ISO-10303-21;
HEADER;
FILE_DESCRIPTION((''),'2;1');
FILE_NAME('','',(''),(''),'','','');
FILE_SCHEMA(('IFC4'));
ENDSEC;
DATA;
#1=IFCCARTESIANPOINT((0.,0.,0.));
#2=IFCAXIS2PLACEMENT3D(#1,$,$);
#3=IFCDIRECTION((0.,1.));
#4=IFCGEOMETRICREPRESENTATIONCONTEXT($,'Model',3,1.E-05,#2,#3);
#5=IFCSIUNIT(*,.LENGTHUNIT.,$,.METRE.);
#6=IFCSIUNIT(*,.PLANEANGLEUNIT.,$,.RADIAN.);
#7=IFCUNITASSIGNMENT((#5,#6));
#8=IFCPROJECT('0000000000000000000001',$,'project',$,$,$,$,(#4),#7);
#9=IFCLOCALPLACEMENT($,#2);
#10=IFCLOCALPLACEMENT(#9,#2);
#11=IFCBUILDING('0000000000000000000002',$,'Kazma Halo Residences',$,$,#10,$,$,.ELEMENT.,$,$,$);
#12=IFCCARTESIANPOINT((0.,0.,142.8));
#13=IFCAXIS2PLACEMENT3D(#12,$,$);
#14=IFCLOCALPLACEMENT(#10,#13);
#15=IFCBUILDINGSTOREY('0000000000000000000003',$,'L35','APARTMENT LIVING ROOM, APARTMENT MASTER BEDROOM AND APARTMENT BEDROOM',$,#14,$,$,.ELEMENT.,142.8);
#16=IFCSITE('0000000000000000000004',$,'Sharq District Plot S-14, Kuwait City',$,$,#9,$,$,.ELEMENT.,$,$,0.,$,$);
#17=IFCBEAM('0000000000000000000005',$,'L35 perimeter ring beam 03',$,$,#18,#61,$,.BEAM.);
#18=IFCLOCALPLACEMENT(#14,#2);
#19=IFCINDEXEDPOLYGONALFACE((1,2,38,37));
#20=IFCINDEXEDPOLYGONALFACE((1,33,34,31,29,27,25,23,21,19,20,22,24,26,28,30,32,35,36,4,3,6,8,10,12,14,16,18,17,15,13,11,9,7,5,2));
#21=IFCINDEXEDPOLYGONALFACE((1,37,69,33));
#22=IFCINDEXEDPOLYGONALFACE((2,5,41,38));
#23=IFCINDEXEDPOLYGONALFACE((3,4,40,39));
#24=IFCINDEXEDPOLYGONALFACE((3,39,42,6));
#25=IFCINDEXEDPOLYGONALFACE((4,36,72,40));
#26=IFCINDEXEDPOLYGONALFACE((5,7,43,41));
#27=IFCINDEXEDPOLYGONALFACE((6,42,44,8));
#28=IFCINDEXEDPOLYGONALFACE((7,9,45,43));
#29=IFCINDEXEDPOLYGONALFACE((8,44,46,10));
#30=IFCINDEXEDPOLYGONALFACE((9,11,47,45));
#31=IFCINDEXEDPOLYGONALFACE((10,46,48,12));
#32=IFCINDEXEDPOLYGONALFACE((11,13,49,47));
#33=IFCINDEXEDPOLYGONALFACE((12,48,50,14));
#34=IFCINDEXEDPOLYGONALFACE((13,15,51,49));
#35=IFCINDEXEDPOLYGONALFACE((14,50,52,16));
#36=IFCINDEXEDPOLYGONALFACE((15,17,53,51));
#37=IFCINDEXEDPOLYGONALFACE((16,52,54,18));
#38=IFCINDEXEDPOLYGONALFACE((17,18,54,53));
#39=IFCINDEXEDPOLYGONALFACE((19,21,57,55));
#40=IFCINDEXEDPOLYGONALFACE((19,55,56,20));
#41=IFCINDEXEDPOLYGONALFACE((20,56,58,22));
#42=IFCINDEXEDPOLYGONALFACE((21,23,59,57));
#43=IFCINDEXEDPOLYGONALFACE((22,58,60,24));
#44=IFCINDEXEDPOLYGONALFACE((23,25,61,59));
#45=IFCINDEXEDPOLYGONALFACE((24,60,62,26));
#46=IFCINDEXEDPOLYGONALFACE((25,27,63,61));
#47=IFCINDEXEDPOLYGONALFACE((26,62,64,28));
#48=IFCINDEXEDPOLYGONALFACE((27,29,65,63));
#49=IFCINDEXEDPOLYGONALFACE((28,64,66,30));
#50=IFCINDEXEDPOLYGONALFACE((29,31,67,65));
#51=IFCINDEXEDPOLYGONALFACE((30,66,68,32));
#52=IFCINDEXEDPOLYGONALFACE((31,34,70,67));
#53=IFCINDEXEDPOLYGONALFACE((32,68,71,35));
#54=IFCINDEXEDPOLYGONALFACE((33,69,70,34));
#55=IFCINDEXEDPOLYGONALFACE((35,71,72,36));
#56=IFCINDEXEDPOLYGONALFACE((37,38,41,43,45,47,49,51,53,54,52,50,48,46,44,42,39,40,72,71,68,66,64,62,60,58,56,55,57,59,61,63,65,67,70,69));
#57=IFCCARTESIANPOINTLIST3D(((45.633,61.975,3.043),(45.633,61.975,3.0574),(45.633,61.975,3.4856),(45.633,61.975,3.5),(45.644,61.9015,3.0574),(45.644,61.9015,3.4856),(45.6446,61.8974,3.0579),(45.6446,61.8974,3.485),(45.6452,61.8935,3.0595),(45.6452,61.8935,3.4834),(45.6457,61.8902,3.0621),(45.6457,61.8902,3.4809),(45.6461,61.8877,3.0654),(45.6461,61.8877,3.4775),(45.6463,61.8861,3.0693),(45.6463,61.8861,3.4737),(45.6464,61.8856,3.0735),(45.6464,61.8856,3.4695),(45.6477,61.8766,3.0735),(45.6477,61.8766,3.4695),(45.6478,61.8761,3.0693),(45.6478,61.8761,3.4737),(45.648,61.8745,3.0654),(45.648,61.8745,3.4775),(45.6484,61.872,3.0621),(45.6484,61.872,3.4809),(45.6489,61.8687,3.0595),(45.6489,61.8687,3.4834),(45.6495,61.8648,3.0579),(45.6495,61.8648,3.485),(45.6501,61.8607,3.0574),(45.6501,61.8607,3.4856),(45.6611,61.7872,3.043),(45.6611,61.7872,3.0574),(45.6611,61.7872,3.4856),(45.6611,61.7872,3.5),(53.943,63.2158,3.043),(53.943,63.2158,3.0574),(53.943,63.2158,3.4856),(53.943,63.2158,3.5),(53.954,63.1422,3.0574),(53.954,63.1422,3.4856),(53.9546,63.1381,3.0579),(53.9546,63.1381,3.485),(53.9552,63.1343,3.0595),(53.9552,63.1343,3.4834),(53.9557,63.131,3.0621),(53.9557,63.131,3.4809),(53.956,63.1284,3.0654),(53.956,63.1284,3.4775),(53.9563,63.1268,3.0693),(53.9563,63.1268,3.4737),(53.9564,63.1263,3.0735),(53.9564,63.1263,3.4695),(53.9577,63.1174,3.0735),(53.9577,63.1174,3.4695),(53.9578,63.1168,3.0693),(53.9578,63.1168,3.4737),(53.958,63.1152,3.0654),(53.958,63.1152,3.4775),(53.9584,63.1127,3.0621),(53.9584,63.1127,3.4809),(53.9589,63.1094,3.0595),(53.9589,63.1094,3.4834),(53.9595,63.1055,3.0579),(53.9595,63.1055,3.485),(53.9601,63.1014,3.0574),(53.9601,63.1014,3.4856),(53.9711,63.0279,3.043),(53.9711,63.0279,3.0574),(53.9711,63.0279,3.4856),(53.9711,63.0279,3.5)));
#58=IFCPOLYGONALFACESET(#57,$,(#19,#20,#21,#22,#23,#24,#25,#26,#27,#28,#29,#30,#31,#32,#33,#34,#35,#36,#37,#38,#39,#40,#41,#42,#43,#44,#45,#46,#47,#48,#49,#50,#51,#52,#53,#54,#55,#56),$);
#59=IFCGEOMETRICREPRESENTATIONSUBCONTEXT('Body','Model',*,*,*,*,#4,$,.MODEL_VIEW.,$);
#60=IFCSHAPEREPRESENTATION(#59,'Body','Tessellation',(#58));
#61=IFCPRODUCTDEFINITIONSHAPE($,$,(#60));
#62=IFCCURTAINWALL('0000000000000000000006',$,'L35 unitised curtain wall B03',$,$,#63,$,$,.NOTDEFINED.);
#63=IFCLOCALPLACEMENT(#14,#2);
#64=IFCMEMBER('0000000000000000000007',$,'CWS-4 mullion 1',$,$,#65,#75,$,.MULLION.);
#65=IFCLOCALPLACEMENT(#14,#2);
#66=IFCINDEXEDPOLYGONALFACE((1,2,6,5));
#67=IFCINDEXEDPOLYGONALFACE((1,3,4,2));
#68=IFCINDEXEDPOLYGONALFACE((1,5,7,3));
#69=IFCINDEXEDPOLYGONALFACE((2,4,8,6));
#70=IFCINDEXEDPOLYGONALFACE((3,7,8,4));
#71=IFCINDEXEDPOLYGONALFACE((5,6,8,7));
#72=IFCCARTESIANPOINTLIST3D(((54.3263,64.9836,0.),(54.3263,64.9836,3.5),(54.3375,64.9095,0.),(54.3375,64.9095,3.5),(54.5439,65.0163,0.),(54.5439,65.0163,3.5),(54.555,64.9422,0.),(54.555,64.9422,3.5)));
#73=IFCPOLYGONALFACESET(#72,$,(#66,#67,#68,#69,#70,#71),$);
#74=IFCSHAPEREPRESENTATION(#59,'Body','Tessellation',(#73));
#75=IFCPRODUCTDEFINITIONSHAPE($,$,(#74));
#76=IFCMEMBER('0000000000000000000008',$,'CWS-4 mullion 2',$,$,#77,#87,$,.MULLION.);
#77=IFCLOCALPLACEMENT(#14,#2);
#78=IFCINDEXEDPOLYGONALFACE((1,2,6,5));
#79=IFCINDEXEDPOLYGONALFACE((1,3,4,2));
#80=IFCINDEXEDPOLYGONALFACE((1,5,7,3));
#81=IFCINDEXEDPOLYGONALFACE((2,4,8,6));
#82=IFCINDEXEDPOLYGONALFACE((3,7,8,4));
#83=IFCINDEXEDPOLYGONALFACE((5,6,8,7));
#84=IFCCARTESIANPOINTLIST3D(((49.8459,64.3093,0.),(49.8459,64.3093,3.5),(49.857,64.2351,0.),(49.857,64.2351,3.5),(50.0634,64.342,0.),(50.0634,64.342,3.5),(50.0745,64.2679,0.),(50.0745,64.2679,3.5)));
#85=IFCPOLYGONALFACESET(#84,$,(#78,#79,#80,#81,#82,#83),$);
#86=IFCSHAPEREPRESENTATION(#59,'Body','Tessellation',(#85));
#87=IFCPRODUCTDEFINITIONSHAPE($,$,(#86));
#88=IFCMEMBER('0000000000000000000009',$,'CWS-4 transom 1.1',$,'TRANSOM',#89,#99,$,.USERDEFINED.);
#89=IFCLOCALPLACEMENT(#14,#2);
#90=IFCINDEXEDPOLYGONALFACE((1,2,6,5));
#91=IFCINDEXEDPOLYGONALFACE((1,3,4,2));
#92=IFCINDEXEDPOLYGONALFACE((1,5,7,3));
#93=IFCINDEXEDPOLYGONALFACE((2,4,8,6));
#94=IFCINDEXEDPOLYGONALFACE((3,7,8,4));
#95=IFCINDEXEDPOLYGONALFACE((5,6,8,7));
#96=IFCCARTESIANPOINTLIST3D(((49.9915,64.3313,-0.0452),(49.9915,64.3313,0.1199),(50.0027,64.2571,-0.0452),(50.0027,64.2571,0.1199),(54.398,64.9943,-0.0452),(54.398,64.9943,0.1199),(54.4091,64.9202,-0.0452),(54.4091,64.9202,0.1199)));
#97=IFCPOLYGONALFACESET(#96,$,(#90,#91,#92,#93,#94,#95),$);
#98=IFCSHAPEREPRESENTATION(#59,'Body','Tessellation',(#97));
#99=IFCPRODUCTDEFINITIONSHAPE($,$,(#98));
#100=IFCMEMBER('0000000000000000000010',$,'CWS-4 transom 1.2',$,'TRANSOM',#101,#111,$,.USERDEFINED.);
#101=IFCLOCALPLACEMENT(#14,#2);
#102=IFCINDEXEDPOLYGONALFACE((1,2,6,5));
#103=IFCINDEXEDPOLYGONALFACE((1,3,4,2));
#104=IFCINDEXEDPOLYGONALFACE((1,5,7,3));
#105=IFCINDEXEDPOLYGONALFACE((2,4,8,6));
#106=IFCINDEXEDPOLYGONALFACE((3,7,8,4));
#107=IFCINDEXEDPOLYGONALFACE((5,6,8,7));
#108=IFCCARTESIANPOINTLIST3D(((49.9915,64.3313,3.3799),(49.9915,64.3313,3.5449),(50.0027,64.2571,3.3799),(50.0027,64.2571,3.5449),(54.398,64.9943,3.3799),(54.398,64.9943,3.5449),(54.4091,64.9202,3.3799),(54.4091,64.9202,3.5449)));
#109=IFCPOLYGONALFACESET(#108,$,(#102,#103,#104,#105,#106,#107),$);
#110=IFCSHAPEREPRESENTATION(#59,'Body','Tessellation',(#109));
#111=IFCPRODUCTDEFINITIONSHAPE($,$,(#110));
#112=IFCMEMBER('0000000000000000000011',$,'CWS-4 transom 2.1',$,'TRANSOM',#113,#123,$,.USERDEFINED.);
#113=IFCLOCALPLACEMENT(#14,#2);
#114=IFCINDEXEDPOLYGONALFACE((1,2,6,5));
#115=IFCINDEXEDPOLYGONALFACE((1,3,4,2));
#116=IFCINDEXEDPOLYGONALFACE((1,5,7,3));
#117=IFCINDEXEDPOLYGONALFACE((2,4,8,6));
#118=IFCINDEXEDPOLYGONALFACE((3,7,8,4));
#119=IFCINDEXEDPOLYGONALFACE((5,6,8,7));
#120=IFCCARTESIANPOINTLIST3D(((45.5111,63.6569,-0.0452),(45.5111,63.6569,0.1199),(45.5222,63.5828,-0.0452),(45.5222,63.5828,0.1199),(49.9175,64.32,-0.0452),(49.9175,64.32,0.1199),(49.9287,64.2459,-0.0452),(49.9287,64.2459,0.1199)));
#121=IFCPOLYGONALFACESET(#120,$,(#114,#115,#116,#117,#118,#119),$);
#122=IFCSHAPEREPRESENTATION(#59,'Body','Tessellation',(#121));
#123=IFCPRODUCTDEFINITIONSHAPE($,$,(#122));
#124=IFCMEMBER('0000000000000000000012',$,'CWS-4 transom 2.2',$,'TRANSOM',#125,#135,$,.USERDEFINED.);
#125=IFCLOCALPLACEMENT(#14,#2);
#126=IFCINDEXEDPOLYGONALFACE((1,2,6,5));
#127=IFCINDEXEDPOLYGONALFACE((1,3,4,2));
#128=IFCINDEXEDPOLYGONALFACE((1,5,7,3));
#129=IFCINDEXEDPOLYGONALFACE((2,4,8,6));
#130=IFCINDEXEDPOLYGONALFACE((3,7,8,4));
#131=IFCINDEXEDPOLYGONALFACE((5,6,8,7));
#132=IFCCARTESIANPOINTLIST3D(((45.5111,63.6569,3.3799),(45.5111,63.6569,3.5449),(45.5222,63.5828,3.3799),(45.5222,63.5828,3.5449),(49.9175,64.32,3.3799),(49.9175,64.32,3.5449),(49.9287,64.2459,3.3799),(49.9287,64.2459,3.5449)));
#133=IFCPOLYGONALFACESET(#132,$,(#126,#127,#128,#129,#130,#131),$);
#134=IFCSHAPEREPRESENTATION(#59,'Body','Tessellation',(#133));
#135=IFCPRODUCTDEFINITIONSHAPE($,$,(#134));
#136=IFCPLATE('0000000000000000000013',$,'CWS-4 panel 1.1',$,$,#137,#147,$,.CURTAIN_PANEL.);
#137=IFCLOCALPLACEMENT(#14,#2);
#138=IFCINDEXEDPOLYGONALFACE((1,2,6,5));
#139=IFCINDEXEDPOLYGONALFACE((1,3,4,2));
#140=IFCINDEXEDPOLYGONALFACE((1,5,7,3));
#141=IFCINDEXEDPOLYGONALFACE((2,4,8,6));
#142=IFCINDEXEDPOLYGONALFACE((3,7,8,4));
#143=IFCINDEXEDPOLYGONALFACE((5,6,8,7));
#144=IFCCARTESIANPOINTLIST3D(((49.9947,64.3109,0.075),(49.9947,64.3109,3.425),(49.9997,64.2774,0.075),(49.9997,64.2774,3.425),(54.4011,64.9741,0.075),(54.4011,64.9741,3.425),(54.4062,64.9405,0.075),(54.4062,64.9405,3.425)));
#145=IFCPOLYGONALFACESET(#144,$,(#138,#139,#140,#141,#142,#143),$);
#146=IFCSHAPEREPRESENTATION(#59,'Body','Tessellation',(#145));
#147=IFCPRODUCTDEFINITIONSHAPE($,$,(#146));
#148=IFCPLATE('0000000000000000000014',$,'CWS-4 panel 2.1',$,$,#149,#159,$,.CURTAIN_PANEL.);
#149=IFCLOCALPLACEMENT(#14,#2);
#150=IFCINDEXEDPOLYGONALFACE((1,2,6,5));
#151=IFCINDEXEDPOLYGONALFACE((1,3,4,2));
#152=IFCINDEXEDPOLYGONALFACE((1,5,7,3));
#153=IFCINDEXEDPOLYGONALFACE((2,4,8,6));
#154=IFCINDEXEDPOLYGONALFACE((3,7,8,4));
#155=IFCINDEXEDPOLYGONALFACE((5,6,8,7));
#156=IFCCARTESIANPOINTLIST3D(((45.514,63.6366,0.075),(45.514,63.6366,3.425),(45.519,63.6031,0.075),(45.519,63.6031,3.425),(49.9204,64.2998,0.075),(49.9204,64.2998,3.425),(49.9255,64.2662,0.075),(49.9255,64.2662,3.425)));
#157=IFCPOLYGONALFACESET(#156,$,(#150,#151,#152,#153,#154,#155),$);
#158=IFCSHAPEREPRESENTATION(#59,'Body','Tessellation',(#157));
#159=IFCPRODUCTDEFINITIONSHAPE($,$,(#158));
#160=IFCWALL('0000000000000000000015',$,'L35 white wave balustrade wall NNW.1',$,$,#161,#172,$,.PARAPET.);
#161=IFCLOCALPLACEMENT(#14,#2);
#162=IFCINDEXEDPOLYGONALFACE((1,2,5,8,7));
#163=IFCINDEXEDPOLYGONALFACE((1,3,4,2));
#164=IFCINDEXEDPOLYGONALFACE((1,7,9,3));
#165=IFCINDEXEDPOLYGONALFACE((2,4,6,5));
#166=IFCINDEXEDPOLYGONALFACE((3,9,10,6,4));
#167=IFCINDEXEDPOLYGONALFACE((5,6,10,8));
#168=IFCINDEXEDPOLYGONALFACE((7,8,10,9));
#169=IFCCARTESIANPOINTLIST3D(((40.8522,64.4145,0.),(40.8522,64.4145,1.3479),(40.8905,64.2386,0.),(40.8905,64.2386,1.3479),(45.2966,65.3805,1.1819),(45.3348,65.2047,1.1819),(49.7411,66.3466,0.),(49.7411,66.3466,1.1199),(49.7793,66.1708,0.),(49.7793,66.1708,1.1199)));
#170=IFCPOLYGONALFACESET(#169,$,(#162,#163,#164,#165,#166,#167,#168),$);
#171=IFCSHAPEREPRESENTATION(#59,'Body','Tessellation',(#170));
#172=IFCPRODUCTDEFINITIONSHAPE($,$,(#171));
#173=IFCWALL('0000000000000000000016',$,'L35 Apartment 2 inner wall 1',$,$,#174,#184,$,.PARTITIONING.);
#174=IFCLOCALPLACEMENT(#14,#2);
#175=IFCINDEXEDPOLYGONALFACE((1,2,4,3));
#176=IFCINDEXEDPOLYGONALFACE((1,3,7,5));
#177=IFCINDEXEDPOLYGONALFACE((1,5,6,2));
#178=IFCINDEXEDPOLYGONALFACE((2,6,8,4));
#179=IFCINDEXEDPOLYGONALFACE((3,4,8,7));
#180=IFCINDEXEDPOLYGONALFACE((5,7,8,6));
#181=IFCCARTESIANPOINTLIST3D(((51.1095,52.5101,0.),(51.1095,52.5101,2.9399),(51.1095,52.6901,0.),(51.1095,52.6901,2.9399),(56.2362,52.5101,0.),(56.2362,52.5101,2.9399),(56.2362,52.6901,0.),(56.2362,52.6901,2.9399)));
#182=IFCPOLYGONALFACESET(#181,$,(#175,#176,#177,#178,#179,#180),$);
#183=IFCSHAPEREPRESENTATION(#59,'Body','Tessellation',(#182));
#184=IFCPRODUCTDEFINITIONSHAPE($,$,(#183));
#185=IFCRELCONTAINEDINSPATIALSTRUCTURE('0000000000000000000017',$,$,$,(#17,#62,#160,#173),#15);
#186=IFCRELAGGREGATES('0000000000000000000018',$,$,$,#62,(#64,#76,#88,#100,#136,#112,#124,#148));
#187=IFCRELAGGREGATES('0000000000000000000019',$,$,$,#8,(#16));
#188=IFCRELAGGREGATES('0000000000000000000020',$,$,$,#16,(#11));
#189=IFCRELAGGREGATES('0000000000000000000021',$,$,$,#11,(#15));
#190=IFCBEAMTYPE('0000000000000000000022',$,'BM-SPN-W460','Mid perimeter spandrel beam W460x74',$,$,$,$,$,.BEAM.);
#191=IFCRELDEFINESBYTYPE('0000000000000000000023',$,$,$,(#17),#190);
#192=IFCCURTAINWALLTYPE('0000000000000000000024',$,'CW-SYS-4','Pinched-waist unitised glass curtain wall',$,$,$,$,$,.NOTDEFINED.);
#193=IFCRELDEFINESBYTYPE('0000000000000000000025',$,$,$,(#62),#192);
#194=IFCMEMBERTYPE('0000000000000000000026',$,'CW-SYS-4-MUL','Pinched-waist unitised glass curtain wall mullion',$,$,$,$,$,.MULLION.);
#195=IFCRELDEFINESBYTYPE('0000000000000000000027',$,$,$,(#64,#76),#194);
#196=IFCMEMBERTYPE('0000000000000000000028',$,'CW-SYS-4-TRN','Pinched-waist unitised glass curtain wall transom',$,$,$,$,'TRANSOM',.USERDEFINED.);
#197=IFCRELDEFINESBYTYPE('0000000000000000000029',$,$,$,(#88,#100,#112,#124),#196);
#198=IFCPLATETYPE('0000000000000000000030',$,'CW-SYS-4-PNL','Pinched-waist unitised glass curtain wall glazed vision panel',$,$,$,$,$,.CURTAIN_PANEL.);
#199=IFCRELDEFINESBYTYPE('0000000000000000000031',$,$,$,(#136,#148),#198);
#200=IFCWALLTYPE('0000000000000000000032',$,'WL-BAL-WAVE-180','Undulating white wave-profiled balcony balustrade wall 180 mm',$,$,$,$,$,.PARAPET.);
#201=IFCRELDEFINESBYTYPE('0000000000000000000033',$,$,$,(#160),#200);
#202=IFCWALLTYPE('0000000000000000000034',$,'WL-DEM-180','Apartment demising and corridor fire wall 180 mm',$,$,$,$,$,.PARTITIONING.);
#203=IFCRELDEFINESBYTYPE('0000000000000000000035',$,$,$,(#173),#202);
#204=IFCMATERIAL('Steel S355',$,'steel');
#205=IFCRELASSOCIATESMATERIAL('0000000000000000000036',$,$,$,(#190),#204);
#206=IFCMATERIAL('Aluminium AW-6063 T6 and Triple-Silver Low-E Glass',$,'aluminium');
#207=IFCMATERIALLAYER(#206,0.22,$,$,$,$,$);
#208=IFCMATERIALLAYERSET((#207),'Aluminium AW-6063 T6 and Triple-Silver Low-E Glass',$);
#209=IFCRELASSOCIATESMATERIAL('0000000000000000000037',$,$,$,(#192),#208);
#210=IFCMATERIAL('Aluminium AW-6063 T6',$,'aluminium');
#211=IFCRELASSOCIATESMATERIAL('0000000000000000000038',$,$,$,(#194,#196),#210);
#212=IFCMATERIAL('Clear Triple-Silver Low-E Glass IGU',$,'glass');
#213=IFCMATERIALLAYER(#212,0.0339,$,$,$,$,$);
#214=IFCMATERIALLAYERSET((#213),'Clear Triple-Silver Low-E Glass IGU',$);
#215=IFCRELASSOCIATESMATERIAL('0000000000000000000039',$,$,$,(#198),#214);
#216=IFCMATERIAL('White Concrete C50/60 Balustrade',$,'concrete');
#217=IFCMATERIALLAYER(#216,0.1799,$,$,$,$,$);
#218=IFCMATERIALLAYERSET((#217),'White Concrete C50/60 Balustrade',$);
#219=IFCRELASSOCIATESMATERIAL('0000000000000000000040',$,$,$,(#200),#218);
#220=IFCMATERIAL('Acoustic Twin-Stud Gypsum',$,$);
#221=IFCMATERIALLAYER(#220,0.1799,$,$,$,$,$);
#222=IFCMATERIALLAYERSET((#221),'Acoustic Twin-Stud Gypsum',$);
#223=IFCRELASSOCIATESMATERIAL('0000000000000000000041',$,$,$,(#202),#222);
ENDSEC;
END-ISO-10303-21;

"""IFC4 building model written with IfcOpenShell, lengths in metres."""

from ifc_helpers import new_model, si_unit, direction, frame, frame_2d, origin, origin_2d, place, context, subcontext, project, spatial, polyline, rectangle, i_section, outline, extrude, material, layer, layer_set, material_profile, profile_set, type_object, element, aggregate, save


model = new_model("IFC4")

# Units and contexts
model_context = context("Model", 3, precision=1e-05, world=origin(), true_north=direction((0.0, 1.0)))
body_context = subcontext(model_context, "Body", "Model", "MODEL_VIEW")
ifc_project = project(units=[si_unit("LENGTHUNIT", "METRE"), si_unit("PLANEANGLEUNIT", "RADIAN")], contexts=[model_context])

# Site, building, storey
site_placement = place(None, origin())
site = spatial("IfcSite", under=ifc_project, at=site_placement, Name="Sharq District Plot S-14, Kuwait City", CompositionType="ELEMENT", RefElevation=0.0)
building_placement = place(site_placement, origin())
building = spatial("IfcBuilding", under=site, at=building_placement, Name="Kazma Halo Residences", CompositionType="ELEMENT")
storey_placement = place(building_placement, frame((0.0, 0.0, 142.8)))
storey = spatial("IfcBuildingStorey", under=building, at=storey_placement, Name="L35", Description="APARTMENT LIVING ROOM, APARTMENT MASTER BEDROOM AND APARTMENT BEDROOM", CompositionType="ELEMENT", Elevation=142.8)

# Beam
ifc_material_1 = material(Name="Steel S355", Category="steel")
ifc_material_profile_1 = material_profile(ifc_material_1, i_section(OverallWidth=0.1899, OverallDepth=0.457, WebThickness=0.009, FlangeThickness=0.0144, FilletRadius=0.0161, at=origin_2d()), Name="W460x74")
ifc_profile_set_1 = profile_set([ifc_material_profile_1], Name="Steel S355")
beam_type_1 = type_object("IfcBeamType", Name="BM-SPN-W460", Description="Mid perimeter spandrel beam W460x74", PredefinedType="BEAM", material=ifc_profile_set_1)
beam_1_placement = place(storey_placement, frame((53.957, 63.1218, 3.2715), z_axis=(-0.989037, -0.147667, 0.0), x_axis=(0.147667, -0.989037, 0.0)))
element("IfcBeam", 1, at=beam_1_placement, inside=storey, type_object=beam_type_1, Name="L35 perimeter ring beam 03", PredefinedType="BEAM", context=body_context, shape_type="SweptSolid", body=[
    extrude(i_section(OverallWidth=0.1899, OverallDepth=0.457, WebThickness=0.009, FlangeThickness=0.0144, FilletRadius=0.0161, at=origin_2d()), origin(), (0.0, 0.0, 1.0), 8.4021),
])

# Curtain wall, members, plates
ifc_material_2 = material(Name="Aluminium AW-6063 T6 and Triple-Silver Low-E Glass", Category="aluminium")
ifc_layer_1 = layer(ifc_material_2, 0.22)
ifc_layer_set_1 = layer_set([ifc_layer_1], Name="Aluminium AW-6063 T6 and Triple-Silver Low-E Glass")
curtain_wall_type = type_object("IfcCurtainWallType", Name="CW-SYS-4", Description="Pinched-waist unitised glass curtain wall", PredefinedType="NOTDEFINED", material=ifc_layer_set_1)
curtain_wall_placement = place(storey_placement, origin())
curtain_wall = element("IfcCurtainWall", 2, at=curtain_wall_placement, inside=storey, type_object=curtain_wall_type, Name="L35 unitised curtain wall B03", PredefinedType="NOTDEFINED")
ifc_material_3 = material(Name="Aluminium AW-6063 T6", Category="aluminium")
ifc_material_profile_2 = material_profile(ifc_material_3, rectangle(XDim=0.075, YDim=0.22, at=origin_2d()), Name="CWM-75x220")
ifc_profile_set_2 = profile_set([ifc_material_profile_2], Name="Aluminium AW-6063 T6")
member_type_1 = type_object("IfcMemberType", Name="CW-SYS-4-MUL", Description="Pinched-waist unitised glass curtain wall mullion", PredefinedType="MULLION", material=ifc_profile_set_2)
member_1_placement = place(storey_placement, frame((54.4407, 64.9629, 0.0), z_axis=(0.0, 0.0, 1.0), x_axis=(0.148821, -0.988864, 0.0)))
member_1 = element("IfcMember", 3, at=member_1_placement, type_object=member_type_1, Name="CWS-4 mullion 1", PredefinedType="MULLION", context=body_context, shape_type="SweptSolid", body=[
    extrude(rectangle(XDim=0.075, YDim=0.22, at=origin_2d()), origin(), (0.0, 0.0, 1.0), 3.5),
])
member_2_placement = place(storey_placement, frame((49.9602, 64.2886, 0.0), z_axis=(0.0, 0.0, 1.0), x_axis=(0.148821, -0.988864, 0.0)))
member_2 = element("IfcMember", 4, at=member_2_placement, type_object=member_type_1, Name="CWS-4 mullion 2", PredefinedType="MULLION", context=body_context, shape_type="SweptSolid", body=[
    extrude(rectangle(XDim=0.075, YDim=0.22, at=origin_2d()), origin(), (0.0, 0.0, 1.0), 3.5),
])
ifc_material_profile_3 = material_profile(ifc_material_3, rectangle(XDim=0.075, YDim=0.165, at=origin_2d()), Name="CWT-75x165")
ifc_profile_set_3 = profile_set([ifc_material_profile_3], Name="Aluminium AW-6063 T6")
member_type_2 = type_object("IfcMemberType", Name="CW-SYS-4-TRN", Description="Pinched-waist unitised glass curtain wall transom", ElementType="TRANSOM", PredefinedType="USERDEFINED", material=ifc_profile_set_3)
member_3_placement = place(storey_placement, frame((54.4036, 64.9573, 0.0374), z_axis=(-0.988867, -0.148804, 0.0), x_axis=(0.148804, -0.988867, 0.0)))
member_3 = element("IfcMember", 5, at=member_3_placement, type_object=member_type_2, Name="CWS-4 transom 1.1", ObjectType="TRANSOM", PredefinedType="USERDEFINED", context=body_context, shape_type="SweptSolid", body=[
    extrude(rectangle(XDim=0.075, YDim=0.165, at=origin_2d()), origin(), (0.0, 0.0, 1.0), 4.4561),
])
member_4_placement = place(storey_placement, frame((54.4036, 64.9573, 3.4624), z_axis=(-0.988867, -0.148804, 0.0), x_axis=(0.148804, -0.988867, 0.0)))
member_4 = element("IfcMember", 6, at=member_4_placement, type_object=member_type_2, Name="CWS-4 transom 1.2", ObjectType="TRANSOM", PredefinedType="USERDEFINED", context=body_context, shape_type="SweptSolid", body=[
    extrude(rectangle(XDim=0.075, YDim=0.165, at=origin_2d()), origin(), (0.0, 0.0, 1.0), 4.4561),
])
member_5_placement = place(storey_placement, frame((49.9231, 64.283, 0.0374), z_axis=(-0.988867, -0.148804, 0.0), x_axis=(0.148804, -0.988867, 0.0)))
member_5 = element("IfcMember", 7, at=member_5_placement, type_object=member_type_2, Name="CWS-4 transom 2.1", ObjectType="TRANSOM", PredefinedType="USERDEFINED", context=body_context, shape_type="SweptSolid", body=[
    extrude(rectangle(XDim=0.075, YDim=0.165, at=origin_2d()), origin(), (0.0, 0.0, 1.0), 4.4561),
])
member_6_placement = place(storey_placement, frame((49.9231, 64.283, 3.4624), z_axis=(-0.988867, -0.148804, 0.0), x_axis=(0.148804, -0.988867, 0.0)))
member_6 = element("IfcMember", 8, at=member_6_placement, type_object=member_type_2, Name="CWS-4 transom 2.2", ObjectType="TRANSOM", PredefinedType="USERDEFINED", context=body_context, shape_type="SweptSolid", body=[
    extrude(rectangle(XDim=0.075, YDim=0.165, at=origin_2d()), origin(), (0.0, 0.0, 1.0), 4.4561),
])
ifc_material_4 = material(Name="Clear Triple-Silver Low-E Glass IGU", Category="glass")
ifc_layer_2 = layer(ifc_material_4, 0.0339)
ifc_layer_set_2 = layer_set([ifc_layer_2], Name="Clear Triple-Silver Low-E Glass IGU")
plate_type = type_object("IfcPlateType", Name="CW-SYS-4-PNL", Description="Pinched-waist unitised glass curtain wall glazed vision panel", PredefinedType="CURTAIN_PANEL", material=ifc_layer_set_2)
plate_1_placement = place(storey_placement, frame((52.2004, 64.6257, 0.075), z_axis=(0.0, 0.0, 1.0), x_axis=(-0.988864, -0.148821, 0.0)))
plate_1 = element("IfcPlate", 9, at=plate_1_placement, type_object=plate_type, Name="CWS-4 panel 1.1", PredefinedType="CURTAIN_PANEL", context=body_context, shape_type="SweptSolid", body=[
    extrude(rectangle(XDim=4.4561, YDim=0.0339, at=origin_2d()), origin(), (0.0, 0.0, 1.0), 3.3501),
])
plate_2_placement = place(storey_placement, frame((47.7197, 63.9514, 0.075), z_axis=(0.0, 0.0, 1.0), x_axis=(-0.988864, -0.148821, 0.0)))
plate_2 = element("IfcPlate", 10, at=plate_2_placement, type_object=plate_type, Name="CWS-4 panel 2.1", PredefinedType="CURTAIN_PANEL", context=body_context, shape_type="SweptSolid", body=[
    extrude(rectangle(XDim=4.4561, YDim=0.0339, at=origin_2d()), origin(), (0.0, 0.0, 1.0), 3.3501),
])
aggregate(curtain_wall, [member_1, member_2, member_3, member_4, plate_1, member_5, member_6, plate_2])

# Walls
ifc_material_5 = material(Name="White Concrete C50/60 Balustrade", Category="concrete")
ifc_layer_3 = layer(ifc_material_5, 0.1799)
ifc_layer_set_3 = layer_set([ifc_layer_3], Name="White Concrete C50/60 Balustrade")
wall_type_1 = type_object("IfcWallType", Name="WL-BAL-WAVE-180", Description="Undulating white wave-profiled balcony balustrade wall 180 mm", PredefinedType="PARAPET", material=ifc_layer_set_3)
wall_1_placement = place(storey_placement, frame((49.7603, 66.2585, 0.0), z_axis=(0.0, 0.0, 1.0), x_axis=(-0.977182, -0.212404, 0.0)))
element("IfcWall", 11, at=wall_1_placement, inside=storey, type_object=wall_type_1, Name="L35 white wave balustrade wall NNW.1", PredefinedType="PARAPET", context=body_context, shape_type="SweptSolid", body=[
    extrude(outline(polyline([(0.0, 0.0), (9.0964, 0.0), (9.0964, 1.3479), (4.5483, 1.1819), (0.0, 1.1199), (0.0, 0.0)])), frame((0.0, 0.0898, 0.0), z_axis=(0.0, -1.0, 0.0), x_axis=(1.0, 0.0, 0.0)), (0.0, 0.0, 1.0), 0.1799),
])
ifc_material_6 = material(Name="Acoustic Twin-Stud Gypsum")
ifc_layer_4 = layer(ifc_material_6, 0.1799)
ifc_layer_set_4 = layer_set([ifc_layer_4], Name="Acoustic Twin-Stud Gypsum")
wall_type_2 = type_object("IfcWallType", Name="WL-DEM-180", Description="Apartment demising and corridor fire wall 180 mm", PredefinedType="PARTITIONING", material=ifc_layer_set_4)
wall_2_placement = place(storey_placement, frame((56.2363, 52.6001, 0.0), z_axis=(0.0, 0.0, 1.0), x_axis=(-1.0, 0.0, 0.0)))
element("IfcWall", 12, at=wall_2_placement, inside=storey, type_object=wall_type_2, Name="L35 Apartment 2 inner wall 1", PredefinedType="PARTITIONING", context=body_context, shape_type="SweptSolid", body=[
    extrude(rectangle(XDim=5.1267, YDim=0.1799, at=frame_2d((2.5635, 0.0))), origin(), (0.0, 0.0, 1.0), 2.9399),
])

save(model, "model.ifc")
